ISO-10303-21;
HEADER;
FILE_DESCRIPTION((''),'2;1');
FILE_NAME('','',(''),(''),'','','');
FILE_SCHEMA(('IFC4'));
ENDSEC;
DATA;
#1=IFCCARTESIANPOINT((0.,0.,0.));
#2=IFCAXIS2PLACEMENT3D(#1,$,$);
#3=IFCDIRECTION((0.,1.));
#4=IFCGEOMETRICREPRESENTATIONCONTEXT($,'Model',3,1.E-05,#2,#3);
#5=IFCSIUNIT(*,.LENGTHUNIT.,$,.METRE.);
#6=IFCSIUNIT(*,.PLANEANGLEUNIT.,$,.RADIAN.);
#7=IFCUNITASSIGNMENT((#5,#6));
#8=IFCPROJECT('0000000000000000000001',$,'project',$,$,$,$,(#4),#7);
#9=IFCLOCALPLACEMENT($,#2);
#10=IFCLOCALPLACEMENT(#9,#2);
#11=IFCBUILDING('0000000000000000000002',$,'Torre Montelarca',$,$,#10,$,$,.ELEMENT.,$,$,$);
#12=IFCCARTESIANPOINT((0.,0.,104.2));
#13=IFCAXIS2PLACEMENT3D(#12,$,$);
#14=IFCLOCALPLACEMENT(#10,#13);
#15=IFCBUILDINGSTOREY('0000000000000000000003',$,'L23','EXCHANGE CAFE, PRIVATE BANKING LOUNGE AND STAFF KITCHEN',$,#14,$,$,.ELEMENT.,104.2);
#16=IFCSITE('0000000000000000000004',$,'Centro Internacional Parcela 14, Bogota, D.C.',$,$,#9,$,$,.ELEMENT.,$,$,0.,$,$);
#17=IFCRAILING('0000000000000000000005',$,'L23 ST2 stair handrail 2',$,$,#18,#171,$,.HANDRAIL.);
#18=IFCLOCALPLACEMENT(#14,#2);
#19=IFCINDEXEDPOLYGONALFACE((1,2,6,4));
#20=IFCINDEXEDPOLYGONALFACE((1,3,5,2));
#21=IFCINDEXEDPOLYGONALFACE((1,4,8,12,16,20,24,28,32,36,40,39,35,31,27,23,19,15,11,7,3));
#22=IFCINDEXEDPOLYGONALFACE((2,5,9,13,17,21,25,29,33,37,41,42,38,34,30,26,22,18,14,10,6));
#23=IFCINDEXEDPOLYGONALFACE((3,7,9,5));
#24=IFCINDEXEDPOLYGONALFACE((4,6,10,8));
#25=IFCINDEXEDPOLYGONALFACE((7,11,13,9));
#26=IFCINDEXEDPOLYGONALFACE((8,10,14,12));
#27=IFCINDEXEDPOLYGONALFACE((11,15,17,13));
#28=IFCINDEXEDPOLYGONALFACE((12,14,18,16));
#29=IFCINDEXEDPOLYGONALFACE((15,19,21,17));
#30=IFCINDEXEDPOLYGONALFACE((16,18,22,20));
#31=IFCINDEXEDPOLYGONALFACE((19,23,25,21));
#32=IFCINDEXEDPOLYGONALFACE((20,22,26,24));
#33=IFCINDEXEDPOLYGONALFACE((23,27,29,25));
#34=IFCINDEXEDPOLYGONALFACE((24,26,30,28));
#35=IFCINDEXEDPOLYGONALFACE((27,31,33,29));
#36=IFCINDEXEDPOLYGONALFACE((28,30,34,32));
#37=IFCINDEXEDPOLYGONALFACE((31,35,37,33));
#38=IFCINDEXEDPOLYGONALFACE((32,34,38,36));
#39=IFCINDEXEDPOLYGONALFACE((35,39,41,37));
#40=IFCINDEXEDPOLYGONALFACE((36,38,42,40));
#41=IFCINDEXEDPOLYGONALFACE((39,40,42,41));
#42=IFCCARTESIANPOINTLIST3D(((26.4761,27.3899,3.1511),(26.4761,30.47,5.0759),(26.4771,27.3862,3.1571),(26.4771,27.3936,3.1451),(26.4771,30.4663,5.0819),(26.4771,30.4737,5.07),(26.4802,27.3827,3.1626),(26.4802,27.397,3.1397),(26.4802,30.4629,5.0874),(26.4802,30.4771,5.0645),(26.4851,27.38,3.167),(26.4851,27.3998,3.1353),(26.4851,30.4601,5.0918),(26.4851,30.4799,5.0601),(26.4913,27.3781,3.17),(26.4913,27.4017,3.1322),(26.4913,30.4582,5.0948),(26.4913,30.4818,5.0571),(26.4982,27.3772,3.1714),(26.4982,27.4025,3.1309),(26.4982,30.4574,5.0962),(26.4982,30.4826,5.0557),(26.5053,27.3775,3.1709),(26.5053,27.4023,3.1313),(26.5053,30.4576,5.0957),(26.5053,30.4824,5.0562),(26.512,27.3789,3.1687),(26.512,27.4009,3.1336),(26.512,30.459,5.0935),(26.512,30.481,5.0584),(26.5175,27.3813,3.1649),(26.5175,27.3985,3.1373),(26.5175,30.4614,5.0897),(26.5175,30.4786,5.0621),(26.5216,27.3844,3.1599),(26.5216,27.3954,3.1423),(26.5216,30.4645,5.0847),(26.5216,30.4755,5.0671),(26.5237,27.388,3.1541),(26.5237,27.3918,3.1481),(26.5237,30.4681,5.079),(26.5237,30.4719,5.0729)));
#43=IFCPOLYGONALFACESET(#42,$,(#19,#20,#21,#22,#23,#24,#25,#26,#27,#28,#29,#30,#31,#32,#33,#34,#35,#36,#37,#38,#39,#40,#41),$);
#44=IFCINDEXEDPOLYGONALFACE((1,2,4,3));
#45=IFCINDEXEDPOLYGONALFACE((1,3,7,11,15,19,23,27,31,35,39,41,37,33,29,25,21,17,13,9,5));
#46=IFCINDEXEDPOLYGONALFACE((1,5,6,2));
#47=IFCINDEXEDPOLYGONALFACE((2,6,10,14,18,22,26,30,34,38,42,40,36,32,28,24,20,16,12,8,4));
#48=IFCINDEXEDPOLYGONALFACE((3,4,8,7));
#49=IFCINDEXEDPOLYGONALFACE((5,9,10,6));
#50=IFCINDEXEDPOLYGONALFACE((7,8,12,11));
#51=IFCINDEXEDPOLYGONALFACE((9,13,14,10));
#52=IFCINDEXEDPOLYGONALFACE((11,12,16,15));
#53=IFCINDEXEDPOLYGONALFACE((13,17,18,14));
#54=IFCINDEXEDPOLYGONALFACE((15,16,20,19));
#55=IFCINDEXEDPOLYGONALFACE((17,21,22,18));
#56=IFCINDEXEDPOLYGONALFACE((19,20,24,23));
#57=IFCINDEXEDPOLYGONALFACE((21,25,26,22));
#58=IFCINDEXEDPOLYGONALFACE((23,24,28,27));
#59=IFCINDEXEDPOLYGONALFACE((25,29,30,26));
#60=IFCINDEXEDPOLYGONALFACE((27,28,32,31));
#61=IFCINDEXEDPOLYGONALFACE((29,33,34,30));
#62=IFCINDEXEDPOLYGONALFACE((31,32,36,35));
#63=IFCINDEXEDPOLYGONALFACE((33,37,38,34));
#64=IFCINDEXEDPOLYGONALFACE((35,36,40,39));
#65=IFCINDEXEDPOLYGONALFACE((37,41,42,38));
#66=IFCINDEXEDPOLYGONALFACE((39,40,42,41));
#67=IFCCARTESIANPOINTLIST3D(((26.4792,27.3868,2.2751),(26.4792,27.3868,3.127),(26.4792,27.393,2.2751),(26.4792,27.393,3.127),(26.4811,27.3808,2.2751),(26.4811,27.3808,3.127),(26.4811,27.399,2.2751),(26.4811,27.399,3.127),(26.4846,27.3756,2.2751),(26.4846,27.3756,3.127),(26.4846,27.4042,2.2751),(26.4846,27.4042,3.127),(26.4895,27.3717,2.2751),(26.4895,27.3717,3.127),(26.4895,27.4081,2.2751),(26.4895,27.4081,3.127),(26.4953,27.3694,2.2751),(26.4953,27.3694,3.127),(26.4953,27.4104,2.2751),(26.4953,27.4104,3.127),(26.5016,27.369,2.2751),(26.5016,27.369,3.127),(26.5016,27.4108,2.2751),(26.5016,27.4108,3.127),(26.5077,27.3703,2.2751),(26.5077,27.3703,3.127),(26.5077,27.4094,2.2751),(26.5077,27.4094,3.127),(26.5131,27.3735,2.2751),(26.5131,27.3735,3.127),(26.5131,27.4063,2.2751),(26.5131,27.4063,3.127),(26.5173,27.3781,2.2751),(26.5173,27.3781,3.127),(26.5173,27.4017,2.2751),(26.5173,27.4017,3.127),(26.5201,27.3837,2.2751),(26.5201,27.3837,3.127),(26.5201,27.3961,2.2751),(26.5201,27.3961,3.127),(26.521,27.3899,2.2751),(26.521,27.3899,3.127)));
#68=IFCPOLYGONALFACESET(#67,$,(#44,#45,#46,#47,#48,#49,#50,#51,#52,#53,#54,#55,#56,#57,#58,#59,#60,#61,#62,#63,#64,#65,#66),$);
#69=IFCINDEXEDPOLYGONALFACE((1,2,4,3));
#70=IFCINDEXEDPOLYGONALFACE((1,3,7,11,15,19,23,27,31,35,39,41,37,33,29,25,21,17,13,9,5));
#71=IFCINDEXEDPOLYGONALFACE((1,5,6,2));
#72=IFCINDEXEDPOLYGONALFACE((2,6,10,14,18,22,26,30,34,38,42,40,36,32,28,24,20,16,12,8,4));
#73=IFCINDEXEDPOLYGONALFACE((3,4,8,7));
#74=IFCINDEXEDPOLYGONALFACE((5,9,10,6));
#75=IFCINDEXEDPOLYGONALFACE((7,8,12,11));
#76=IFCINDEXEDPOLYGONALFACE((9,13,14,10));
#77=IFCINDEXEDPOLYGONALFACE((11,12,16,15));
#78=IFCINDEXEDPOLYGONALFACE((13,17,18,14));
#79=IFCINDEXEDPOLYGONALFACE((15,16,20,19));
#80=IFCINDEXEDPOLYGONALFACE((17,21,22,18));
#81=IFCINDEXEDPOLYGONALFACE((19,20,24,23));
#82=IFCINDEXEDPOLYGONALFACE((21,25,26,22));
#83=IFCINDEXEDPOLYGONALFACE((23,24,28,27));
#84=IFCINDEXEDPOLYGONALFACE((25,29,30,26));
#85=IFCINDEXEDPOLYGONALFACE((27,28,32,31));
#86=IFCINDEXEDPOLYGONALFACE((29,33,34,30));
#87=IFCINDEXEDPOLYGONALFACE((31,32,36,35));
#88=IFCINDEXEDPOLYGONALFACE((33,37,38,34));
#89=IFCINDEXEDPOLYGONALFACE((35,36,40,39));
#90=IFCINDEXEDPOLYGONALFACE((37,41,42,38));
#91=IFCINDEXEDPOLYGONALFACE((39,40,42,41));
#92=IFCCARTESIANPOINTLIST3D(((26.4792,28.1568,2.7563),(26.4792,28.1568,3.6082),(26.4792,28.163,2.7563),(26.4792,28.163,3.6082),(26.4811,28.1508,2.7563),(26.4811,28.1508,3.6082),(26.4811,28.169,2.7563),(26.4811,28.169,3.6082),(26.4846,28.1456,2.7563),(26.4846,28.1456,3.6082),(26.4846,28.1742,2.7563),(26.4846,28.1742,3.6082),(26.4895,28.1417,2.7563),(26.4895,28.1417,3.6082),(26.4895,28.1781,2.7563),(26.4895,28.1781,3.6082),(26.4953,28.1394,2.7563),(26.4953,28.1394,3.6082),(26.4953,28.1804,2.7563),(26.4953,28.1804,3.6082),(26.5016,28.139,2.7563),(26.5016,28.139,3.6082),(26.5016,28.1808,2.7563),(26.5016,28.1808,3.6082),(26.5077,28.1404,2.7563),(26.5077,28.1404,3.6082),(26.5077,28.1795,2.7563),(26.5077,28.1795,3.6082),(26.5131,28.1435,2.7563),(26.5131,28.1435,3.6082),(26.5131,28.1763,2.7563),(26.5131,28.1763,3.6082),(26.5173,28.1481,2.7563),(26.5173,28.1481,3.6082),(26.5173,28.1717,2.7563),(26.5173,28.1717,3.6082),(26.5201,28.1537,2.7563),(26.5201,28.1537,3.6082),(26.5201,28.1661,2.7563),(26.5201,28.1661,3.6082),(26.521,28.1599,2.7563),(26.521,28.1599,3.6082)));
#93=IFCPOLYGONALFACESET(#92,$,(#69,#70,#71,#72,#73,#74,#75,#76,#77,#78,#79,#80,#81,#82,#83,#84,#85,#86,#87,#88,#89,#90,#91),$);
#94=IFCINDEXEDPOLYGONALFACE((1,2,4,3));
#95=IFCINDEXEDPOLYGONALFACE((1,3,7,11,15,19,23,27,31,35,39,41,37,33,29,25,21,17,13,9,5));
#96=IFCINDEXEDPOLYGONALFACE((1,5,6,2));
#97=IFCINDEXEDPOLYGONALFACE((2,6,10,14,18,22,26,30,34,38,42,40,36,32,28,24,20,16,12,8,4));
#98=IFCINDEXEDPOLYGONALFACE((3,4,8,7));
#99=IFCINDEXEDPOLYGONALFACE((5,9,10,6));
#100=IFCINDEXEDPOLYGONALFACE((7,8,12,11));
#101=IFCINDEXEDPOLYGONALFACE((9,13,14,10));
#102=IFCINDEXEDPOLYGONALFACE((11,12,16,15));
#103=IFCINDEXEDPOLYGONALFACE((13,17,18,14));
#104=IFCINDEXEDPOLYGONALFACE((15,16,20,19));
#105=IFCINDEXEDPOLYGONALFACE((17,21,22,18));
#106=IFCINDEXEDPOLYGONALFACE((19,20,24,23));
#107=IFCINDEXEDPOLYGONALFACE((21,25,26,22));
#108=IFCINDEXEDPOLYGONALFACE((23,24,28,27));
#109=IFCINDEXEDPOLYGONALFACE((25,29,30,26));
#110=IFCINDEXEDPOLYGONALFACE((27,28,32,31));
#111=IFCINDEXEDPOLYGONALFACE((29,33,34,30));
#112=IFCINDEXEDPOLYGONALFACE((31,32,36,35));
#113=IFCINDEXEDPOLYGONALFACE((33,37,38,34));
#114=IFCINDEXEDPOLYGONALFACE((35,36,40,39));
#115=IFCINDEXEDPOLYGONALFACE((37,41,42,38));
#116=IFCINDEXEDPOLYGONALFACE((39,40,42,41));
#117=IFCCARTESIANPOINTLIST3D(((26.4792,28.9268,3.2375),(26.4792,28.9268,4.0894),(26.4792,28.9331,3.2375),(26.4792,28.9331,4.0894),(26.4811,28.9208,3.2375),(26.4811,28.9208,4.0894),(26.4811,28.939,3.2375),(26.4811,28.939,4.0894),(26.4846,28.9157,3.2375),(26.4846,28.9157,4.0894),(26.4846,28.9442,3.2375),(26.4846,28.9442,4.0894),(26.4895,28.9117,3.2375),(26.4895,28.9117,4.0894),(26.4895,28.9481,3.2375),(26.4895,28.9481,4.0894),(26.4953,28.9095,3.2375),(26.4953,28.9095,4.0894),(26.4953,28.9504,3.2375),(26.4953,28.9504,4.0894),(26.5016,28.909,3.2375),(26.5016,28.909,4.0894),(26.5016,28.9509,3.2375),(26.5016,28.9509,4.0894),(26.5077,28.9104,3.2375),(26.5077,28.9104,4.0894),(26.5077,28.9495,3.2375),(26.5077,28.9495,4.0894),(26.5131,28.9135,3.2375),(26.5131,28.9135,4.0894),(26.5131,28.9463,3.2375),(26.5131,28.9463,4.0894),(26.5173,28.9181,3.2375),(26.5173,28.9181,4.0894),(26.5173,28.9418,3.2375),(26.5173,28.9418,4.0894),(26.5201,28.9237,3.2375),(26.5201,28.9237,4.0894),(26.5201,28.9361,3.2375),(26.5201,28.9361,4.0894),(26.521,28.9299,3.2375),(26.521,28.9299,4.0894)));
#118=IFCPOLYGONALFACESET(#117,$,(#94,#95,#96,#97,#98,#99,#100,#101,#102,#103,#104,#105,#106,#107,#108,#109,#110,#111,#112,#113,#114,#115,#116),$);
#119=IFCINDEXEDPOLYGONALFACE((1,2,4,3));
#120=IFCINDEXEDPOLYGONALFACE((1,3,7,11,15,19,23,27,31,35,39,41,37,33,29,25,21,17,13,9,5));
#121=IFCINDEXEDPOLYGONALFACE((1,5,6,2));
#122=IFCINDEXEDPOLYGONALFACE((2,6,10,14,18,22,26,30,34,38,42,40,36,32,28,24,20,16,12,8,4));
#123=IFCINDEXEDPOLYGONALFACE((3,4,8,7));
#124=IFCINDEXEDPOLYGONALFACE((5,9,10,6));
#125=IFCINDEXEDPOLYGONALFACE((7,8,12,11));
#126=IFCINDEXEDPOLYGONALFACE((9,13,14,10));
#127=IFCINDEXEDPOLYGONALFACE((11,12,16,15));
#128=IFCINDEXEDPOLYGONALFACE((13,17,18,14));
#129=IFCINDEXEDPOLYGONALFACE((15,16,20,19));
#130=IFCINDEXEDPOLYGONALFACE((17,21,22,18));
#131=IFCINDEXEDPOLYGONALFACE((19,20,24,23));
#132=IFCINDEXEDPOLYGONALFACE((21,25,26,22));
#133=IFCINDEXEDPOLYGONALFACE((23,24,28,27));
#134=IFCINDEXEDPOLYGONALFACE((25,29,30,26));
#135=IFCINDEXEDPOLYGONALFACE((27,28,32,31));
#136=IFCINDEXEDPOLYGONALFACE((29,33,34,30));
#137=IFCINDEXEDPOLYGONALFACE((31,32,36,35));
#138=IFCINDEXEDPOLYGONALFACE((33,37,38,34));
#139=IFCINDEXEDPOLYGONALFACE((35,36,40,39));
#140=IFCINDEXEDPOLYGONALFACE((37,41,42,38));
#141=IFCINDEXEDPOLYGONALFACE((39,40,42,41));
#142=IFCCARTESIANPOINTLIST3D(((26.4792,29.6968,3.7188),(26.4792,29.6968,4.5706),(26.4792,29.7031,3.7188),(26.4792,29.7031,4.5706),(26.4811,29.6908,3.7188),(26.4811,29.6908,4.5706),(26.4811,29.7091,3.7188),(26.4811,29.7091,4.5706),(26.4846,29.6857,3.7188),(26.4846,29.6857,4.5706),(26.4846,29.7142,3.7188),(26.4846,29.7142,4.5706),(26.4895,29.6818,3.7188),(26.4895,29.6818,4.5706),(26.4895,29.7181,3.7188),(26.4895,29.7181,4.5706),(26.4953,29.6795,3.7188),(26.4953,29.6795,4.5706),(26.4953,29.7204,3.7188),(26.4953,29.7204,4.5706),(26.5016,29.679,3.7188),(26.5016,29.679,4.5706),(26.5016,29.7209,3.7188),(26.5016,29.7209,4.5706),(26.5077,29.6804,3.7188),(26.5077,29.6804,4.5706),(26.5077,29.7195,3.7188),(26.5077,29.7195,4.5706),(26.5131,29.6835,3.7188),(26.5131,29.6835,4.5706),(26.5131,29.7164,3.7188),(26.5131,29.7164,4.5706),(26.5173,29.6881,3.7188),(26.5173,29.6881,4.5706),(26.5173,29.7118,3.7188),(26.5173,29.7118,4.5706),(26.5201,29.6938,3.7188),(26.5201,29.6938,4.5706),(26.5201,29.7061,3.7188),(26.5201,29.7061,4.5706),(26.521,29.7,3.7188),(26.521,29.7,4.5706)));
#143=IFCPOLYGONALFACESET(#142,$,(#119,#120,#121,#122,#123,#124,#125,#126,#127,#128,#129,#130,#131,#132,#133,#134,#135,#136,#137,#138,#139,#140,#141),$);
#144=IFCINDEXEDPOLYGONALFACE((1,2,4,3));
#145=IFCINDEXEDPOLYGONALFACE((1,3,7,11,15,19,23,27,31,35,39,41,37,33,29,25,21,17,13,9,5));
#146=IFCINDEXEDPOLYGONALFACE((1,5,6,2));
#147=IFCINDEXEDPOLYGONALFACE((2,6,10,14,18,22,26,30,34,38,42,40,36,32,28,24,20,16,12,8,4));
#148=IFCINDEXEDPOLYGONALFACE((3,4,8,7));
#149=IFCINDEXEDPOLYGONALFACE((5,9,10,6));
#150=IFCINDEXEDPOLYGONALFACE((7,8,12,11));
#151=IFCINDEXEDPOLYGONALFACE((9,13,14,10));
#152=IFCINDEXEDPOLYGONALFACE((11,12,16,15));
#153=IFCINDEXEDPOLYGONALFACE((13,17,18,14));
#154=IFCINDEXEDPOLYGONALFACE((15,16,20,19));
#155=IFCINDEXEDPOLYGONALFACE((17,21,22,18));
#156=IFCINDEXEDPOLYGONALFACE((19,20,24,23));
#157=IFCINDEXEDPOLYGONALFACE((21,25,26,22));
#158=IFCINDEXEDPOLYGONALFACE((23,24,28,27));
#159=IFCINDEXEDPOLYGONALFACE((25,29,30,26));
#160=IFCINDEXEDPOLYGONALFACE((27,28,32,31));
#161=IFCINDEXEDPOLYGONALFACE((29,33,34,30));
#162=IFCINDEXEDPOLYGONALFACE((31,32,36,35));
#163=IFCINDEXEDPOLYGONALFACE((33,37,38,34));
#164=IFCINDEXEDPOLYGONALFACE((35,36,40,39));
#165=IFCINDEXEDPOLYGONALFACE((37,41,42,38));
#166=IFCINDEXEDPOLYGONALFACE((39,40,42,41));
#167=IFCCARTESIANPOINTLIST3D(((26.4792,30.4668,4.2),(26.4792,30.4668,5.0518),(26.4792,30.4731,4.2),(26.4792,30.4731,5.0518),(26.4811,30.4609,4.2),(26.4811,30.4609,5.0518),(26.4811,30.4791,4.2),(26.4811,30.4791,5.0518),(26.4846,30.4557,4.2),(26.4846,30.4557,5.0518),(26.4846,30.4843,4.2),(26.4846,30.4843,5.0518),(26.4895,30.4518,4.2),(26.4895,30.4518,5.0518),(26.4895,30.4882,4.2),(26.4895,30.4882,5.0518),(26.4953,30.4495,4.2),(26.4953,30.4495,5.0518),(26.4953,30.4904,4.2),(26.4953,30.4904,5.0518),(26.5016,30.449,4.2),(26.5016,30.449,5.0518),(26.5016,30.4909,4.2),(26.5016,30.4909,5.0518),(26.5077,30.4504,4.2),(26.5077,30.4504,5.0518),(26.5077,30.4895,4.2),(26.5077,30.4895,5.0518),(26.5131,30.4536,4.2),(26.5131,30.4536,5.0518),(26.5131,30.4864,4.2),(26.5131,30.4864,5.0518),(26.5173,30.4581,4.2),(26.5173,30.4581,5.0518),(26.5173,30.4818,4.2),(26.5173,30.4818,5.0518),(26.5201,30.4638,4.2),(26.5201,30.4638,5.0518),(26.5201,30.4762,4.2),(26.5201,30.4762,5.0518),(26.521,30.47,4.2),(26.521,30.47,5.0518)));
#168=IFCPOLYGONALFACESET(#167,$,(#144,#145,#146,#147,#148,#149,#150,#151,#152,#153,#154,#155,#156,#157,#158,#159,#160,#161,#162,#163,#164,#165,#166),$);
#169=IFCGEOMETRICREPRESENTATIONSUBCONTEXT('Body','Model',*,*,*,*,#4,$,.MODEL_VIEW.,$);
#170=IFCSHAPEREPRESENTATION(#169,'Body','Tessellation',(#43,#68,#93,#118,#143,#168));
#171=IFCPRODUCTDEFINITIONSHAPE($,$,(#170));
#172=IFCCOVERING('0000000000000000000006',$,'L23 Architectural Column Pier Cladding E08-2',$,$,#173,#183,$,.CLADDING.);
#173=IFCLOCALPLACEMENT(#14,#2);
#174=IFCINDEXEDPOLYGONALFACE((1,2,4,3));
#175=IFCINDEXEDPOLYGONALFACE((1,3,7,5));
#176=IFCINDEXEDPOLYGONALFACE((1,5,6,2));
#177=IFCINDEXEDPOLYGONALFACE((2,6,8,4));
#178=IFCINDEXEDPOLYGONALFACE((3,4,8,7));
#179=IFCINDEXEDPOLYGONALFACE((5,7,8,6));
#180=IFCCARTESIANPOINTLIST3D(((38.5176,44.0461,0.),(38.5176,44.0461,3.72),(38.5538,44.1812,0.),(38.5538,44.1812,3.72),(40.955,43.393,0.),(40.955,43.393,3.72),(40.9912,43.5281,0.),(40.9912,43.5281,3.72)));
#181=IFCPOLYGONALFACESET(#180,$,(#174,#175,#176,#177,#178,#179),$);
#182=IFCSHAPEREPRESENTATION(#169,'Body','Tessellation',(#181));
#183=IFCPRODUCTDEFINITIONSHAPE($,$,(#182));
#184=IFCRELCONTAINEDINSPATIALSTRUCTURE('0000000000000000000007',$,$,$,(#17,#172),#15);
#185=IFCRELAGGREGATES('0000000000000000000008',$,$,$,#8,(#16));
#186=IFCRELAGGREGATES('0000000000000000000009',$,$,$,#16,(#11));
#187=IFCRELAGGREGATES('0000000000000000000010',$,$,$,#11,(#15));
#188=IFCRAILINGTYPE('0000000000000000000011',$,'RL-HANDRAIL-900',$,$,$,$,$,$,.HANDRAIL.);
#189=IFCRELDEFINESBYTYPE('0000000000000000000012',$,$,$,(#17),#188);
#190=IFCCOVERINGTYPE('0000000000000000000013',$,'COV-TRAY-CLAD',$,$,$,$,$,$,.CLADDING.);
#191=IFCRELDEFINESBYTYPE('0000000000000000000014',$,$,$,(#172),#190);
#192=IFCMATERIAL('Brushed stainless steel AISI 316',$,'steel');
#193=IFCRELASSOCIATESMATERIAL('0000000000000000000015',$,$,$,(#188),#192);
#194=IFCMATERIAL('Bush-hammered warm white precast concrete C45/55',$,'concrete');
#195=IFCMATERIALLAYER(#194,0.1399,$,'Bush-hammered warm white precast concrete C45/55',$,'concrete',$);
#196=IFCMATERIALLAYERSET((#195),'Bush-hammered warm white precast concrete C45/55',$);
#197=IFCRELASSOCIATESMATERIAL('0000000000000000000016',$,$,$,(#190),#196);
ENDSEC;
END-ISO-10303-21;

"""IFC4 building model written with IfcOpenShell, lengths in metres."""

from ifc_helpers import new_model, si_unit, direction, frame, origin, origin_2d, place, context, subcontext, project, spatial, rectangle, circle, extrude, source, transform, mapped, material, layer, layer_set, type_object, element, save


model = new_model("IFC4")

# Units and contexts
model_context = context("Model", 3, precision=1e-05, world=origin(), true_north=direction((0.0, 1.0)))
body_context = subcontext(model_context, "Body", "Model", "MODEL_VIEW")
ifc_project = project(units=[si_unit("LENGTHUNIT", "METRE"), si_unit("PLANEANGLEUNIT", "RADIAN")], contexts=[model_context])

# Site, building, storey
site_placement = place(None, origin())
site = spatial("IfcSite", under=ifc_project, at=site_placement, Name="Centro Internacional Parcela 14, Bogota, D.C.", CompositionType="ELEMENT", RefElevation=0.0)
building_placement = place(site_placement, origin())
building = spatial("IfcBuilding", under=site, at=building_placement, Name="Torre Montelarca", CompositionType="ELEMENT")
storey_placement = place(building_placement, frame((0.0, 0.0, 104.2)))
storey = spatial("IfcBuildingStorey", under=building, at=storey_placement, Name="L23", Description="EXCHANGE CAFE, PRIVATE BANKING LOUNGE AND STAFF KITCHEN", CompositionType="ELEMENT", Elevation=104.2)

# Railing
ifc_material_1 = material(Name="Brushed stainless steel AISI 316", Category="steel")
railing_type_1 = type_object("IfcRailingType", Name="RL-HANDRAIL-900", PredefinedType="HANDRAIL", material=ifc_material_1)
railing_1_placement = place(storey_placement, frame((26.5, 27.3899, 2.2751)))
element("IfcRailing", 1, at=railing_1_placement, inside=storey, type_object=railing_type_1, Name="L23 ST2 stair handrail 2", PredefinedType="HANDRAIL", context=body_context, shape_type="SweptSolid", body=[
    extrude(circle(Radius=0.0239, at=origin_2d()), frame((0.0, 0.0, 0.876), z_axis=(0.0, 0.848029, 0.529951), x_axis=(-1.0, 0.0, 0.0)), (0.0, 0.0, 1.0), 3.6321),
    extrude(circle(Radius=0.021, at=origin_2d()), origin(), (0.0, 0.0, 1.0), 0.8518),
    extrude(circle(Radius=0.021, at=origin_2d()), frame((0.0, 0.77, 0.4812)), (0.0, 0.0, 1.0), 0.8518),
    extrude(circle(Radius=0.021, at=origin_2d()), frame((0.0, 1.54, 0.9624)), (0.0, 0.0, 1.0), 0.8518),
    extrude(circle(Radius=0.021, at=origin_2d()), frame((0.0, 2.3101, 1.4436)), (0.0, 0.0, 1.0), 0.8518),
    extrude(circle(Radius=0.021, at=origin_2d()), frame((0.0, 3.0801, 1.9248)), (0.0, 0.0, 1.0), 0.8518),
])

# Covering
ifc_material_2 = material(Name="Bush-hammered warm white precast concrete C45/55", Category="concrete")
ifc_layer_1 = layer(ifc_material_2, 0.1399, Name="Bush-hammered warm white precast concrete C45/55", Category="concrete")
ifc_layer_set_1 = layer_set([ifc_layer_1], Name="Bush-hammered warm white precast concrete C45/55")
covering_type = type_object("IfcCoveringType", Name="COV-TRAY-CLAD", PredefinedType="CLADDING", material=ifc_layer_set_1)
shared_shape_1 = source(origin(), body_context, "Body", "SweptSolid", [
    extrude(rectangle(XDim=2.5234, YDim=0.1399, at=origin_2d()), origin(), (0.0, 0.0, 1.0), 3.72),
])
covering_placement = place(storey_placement, frame((39.7544, 43.7871, 0.0), z_axis=(0.0, 0.0, 1.0), x_axis=(-0.965925, 0.258821, 0.0)))
element("IfcCovering", 2, at=covering_placement, inside=storey, type_object=covering_type, Name="L23 Architectural Column Pier Cladding E08-2", PredefinedType="CLADDING", context=body_context, shape_type="MappedRepresentation", body=[
    mapped(shared_shape_1, transform((0.0, 0.0, 0.0), scale=1.0)),
])

save(model, "model.ifc")
